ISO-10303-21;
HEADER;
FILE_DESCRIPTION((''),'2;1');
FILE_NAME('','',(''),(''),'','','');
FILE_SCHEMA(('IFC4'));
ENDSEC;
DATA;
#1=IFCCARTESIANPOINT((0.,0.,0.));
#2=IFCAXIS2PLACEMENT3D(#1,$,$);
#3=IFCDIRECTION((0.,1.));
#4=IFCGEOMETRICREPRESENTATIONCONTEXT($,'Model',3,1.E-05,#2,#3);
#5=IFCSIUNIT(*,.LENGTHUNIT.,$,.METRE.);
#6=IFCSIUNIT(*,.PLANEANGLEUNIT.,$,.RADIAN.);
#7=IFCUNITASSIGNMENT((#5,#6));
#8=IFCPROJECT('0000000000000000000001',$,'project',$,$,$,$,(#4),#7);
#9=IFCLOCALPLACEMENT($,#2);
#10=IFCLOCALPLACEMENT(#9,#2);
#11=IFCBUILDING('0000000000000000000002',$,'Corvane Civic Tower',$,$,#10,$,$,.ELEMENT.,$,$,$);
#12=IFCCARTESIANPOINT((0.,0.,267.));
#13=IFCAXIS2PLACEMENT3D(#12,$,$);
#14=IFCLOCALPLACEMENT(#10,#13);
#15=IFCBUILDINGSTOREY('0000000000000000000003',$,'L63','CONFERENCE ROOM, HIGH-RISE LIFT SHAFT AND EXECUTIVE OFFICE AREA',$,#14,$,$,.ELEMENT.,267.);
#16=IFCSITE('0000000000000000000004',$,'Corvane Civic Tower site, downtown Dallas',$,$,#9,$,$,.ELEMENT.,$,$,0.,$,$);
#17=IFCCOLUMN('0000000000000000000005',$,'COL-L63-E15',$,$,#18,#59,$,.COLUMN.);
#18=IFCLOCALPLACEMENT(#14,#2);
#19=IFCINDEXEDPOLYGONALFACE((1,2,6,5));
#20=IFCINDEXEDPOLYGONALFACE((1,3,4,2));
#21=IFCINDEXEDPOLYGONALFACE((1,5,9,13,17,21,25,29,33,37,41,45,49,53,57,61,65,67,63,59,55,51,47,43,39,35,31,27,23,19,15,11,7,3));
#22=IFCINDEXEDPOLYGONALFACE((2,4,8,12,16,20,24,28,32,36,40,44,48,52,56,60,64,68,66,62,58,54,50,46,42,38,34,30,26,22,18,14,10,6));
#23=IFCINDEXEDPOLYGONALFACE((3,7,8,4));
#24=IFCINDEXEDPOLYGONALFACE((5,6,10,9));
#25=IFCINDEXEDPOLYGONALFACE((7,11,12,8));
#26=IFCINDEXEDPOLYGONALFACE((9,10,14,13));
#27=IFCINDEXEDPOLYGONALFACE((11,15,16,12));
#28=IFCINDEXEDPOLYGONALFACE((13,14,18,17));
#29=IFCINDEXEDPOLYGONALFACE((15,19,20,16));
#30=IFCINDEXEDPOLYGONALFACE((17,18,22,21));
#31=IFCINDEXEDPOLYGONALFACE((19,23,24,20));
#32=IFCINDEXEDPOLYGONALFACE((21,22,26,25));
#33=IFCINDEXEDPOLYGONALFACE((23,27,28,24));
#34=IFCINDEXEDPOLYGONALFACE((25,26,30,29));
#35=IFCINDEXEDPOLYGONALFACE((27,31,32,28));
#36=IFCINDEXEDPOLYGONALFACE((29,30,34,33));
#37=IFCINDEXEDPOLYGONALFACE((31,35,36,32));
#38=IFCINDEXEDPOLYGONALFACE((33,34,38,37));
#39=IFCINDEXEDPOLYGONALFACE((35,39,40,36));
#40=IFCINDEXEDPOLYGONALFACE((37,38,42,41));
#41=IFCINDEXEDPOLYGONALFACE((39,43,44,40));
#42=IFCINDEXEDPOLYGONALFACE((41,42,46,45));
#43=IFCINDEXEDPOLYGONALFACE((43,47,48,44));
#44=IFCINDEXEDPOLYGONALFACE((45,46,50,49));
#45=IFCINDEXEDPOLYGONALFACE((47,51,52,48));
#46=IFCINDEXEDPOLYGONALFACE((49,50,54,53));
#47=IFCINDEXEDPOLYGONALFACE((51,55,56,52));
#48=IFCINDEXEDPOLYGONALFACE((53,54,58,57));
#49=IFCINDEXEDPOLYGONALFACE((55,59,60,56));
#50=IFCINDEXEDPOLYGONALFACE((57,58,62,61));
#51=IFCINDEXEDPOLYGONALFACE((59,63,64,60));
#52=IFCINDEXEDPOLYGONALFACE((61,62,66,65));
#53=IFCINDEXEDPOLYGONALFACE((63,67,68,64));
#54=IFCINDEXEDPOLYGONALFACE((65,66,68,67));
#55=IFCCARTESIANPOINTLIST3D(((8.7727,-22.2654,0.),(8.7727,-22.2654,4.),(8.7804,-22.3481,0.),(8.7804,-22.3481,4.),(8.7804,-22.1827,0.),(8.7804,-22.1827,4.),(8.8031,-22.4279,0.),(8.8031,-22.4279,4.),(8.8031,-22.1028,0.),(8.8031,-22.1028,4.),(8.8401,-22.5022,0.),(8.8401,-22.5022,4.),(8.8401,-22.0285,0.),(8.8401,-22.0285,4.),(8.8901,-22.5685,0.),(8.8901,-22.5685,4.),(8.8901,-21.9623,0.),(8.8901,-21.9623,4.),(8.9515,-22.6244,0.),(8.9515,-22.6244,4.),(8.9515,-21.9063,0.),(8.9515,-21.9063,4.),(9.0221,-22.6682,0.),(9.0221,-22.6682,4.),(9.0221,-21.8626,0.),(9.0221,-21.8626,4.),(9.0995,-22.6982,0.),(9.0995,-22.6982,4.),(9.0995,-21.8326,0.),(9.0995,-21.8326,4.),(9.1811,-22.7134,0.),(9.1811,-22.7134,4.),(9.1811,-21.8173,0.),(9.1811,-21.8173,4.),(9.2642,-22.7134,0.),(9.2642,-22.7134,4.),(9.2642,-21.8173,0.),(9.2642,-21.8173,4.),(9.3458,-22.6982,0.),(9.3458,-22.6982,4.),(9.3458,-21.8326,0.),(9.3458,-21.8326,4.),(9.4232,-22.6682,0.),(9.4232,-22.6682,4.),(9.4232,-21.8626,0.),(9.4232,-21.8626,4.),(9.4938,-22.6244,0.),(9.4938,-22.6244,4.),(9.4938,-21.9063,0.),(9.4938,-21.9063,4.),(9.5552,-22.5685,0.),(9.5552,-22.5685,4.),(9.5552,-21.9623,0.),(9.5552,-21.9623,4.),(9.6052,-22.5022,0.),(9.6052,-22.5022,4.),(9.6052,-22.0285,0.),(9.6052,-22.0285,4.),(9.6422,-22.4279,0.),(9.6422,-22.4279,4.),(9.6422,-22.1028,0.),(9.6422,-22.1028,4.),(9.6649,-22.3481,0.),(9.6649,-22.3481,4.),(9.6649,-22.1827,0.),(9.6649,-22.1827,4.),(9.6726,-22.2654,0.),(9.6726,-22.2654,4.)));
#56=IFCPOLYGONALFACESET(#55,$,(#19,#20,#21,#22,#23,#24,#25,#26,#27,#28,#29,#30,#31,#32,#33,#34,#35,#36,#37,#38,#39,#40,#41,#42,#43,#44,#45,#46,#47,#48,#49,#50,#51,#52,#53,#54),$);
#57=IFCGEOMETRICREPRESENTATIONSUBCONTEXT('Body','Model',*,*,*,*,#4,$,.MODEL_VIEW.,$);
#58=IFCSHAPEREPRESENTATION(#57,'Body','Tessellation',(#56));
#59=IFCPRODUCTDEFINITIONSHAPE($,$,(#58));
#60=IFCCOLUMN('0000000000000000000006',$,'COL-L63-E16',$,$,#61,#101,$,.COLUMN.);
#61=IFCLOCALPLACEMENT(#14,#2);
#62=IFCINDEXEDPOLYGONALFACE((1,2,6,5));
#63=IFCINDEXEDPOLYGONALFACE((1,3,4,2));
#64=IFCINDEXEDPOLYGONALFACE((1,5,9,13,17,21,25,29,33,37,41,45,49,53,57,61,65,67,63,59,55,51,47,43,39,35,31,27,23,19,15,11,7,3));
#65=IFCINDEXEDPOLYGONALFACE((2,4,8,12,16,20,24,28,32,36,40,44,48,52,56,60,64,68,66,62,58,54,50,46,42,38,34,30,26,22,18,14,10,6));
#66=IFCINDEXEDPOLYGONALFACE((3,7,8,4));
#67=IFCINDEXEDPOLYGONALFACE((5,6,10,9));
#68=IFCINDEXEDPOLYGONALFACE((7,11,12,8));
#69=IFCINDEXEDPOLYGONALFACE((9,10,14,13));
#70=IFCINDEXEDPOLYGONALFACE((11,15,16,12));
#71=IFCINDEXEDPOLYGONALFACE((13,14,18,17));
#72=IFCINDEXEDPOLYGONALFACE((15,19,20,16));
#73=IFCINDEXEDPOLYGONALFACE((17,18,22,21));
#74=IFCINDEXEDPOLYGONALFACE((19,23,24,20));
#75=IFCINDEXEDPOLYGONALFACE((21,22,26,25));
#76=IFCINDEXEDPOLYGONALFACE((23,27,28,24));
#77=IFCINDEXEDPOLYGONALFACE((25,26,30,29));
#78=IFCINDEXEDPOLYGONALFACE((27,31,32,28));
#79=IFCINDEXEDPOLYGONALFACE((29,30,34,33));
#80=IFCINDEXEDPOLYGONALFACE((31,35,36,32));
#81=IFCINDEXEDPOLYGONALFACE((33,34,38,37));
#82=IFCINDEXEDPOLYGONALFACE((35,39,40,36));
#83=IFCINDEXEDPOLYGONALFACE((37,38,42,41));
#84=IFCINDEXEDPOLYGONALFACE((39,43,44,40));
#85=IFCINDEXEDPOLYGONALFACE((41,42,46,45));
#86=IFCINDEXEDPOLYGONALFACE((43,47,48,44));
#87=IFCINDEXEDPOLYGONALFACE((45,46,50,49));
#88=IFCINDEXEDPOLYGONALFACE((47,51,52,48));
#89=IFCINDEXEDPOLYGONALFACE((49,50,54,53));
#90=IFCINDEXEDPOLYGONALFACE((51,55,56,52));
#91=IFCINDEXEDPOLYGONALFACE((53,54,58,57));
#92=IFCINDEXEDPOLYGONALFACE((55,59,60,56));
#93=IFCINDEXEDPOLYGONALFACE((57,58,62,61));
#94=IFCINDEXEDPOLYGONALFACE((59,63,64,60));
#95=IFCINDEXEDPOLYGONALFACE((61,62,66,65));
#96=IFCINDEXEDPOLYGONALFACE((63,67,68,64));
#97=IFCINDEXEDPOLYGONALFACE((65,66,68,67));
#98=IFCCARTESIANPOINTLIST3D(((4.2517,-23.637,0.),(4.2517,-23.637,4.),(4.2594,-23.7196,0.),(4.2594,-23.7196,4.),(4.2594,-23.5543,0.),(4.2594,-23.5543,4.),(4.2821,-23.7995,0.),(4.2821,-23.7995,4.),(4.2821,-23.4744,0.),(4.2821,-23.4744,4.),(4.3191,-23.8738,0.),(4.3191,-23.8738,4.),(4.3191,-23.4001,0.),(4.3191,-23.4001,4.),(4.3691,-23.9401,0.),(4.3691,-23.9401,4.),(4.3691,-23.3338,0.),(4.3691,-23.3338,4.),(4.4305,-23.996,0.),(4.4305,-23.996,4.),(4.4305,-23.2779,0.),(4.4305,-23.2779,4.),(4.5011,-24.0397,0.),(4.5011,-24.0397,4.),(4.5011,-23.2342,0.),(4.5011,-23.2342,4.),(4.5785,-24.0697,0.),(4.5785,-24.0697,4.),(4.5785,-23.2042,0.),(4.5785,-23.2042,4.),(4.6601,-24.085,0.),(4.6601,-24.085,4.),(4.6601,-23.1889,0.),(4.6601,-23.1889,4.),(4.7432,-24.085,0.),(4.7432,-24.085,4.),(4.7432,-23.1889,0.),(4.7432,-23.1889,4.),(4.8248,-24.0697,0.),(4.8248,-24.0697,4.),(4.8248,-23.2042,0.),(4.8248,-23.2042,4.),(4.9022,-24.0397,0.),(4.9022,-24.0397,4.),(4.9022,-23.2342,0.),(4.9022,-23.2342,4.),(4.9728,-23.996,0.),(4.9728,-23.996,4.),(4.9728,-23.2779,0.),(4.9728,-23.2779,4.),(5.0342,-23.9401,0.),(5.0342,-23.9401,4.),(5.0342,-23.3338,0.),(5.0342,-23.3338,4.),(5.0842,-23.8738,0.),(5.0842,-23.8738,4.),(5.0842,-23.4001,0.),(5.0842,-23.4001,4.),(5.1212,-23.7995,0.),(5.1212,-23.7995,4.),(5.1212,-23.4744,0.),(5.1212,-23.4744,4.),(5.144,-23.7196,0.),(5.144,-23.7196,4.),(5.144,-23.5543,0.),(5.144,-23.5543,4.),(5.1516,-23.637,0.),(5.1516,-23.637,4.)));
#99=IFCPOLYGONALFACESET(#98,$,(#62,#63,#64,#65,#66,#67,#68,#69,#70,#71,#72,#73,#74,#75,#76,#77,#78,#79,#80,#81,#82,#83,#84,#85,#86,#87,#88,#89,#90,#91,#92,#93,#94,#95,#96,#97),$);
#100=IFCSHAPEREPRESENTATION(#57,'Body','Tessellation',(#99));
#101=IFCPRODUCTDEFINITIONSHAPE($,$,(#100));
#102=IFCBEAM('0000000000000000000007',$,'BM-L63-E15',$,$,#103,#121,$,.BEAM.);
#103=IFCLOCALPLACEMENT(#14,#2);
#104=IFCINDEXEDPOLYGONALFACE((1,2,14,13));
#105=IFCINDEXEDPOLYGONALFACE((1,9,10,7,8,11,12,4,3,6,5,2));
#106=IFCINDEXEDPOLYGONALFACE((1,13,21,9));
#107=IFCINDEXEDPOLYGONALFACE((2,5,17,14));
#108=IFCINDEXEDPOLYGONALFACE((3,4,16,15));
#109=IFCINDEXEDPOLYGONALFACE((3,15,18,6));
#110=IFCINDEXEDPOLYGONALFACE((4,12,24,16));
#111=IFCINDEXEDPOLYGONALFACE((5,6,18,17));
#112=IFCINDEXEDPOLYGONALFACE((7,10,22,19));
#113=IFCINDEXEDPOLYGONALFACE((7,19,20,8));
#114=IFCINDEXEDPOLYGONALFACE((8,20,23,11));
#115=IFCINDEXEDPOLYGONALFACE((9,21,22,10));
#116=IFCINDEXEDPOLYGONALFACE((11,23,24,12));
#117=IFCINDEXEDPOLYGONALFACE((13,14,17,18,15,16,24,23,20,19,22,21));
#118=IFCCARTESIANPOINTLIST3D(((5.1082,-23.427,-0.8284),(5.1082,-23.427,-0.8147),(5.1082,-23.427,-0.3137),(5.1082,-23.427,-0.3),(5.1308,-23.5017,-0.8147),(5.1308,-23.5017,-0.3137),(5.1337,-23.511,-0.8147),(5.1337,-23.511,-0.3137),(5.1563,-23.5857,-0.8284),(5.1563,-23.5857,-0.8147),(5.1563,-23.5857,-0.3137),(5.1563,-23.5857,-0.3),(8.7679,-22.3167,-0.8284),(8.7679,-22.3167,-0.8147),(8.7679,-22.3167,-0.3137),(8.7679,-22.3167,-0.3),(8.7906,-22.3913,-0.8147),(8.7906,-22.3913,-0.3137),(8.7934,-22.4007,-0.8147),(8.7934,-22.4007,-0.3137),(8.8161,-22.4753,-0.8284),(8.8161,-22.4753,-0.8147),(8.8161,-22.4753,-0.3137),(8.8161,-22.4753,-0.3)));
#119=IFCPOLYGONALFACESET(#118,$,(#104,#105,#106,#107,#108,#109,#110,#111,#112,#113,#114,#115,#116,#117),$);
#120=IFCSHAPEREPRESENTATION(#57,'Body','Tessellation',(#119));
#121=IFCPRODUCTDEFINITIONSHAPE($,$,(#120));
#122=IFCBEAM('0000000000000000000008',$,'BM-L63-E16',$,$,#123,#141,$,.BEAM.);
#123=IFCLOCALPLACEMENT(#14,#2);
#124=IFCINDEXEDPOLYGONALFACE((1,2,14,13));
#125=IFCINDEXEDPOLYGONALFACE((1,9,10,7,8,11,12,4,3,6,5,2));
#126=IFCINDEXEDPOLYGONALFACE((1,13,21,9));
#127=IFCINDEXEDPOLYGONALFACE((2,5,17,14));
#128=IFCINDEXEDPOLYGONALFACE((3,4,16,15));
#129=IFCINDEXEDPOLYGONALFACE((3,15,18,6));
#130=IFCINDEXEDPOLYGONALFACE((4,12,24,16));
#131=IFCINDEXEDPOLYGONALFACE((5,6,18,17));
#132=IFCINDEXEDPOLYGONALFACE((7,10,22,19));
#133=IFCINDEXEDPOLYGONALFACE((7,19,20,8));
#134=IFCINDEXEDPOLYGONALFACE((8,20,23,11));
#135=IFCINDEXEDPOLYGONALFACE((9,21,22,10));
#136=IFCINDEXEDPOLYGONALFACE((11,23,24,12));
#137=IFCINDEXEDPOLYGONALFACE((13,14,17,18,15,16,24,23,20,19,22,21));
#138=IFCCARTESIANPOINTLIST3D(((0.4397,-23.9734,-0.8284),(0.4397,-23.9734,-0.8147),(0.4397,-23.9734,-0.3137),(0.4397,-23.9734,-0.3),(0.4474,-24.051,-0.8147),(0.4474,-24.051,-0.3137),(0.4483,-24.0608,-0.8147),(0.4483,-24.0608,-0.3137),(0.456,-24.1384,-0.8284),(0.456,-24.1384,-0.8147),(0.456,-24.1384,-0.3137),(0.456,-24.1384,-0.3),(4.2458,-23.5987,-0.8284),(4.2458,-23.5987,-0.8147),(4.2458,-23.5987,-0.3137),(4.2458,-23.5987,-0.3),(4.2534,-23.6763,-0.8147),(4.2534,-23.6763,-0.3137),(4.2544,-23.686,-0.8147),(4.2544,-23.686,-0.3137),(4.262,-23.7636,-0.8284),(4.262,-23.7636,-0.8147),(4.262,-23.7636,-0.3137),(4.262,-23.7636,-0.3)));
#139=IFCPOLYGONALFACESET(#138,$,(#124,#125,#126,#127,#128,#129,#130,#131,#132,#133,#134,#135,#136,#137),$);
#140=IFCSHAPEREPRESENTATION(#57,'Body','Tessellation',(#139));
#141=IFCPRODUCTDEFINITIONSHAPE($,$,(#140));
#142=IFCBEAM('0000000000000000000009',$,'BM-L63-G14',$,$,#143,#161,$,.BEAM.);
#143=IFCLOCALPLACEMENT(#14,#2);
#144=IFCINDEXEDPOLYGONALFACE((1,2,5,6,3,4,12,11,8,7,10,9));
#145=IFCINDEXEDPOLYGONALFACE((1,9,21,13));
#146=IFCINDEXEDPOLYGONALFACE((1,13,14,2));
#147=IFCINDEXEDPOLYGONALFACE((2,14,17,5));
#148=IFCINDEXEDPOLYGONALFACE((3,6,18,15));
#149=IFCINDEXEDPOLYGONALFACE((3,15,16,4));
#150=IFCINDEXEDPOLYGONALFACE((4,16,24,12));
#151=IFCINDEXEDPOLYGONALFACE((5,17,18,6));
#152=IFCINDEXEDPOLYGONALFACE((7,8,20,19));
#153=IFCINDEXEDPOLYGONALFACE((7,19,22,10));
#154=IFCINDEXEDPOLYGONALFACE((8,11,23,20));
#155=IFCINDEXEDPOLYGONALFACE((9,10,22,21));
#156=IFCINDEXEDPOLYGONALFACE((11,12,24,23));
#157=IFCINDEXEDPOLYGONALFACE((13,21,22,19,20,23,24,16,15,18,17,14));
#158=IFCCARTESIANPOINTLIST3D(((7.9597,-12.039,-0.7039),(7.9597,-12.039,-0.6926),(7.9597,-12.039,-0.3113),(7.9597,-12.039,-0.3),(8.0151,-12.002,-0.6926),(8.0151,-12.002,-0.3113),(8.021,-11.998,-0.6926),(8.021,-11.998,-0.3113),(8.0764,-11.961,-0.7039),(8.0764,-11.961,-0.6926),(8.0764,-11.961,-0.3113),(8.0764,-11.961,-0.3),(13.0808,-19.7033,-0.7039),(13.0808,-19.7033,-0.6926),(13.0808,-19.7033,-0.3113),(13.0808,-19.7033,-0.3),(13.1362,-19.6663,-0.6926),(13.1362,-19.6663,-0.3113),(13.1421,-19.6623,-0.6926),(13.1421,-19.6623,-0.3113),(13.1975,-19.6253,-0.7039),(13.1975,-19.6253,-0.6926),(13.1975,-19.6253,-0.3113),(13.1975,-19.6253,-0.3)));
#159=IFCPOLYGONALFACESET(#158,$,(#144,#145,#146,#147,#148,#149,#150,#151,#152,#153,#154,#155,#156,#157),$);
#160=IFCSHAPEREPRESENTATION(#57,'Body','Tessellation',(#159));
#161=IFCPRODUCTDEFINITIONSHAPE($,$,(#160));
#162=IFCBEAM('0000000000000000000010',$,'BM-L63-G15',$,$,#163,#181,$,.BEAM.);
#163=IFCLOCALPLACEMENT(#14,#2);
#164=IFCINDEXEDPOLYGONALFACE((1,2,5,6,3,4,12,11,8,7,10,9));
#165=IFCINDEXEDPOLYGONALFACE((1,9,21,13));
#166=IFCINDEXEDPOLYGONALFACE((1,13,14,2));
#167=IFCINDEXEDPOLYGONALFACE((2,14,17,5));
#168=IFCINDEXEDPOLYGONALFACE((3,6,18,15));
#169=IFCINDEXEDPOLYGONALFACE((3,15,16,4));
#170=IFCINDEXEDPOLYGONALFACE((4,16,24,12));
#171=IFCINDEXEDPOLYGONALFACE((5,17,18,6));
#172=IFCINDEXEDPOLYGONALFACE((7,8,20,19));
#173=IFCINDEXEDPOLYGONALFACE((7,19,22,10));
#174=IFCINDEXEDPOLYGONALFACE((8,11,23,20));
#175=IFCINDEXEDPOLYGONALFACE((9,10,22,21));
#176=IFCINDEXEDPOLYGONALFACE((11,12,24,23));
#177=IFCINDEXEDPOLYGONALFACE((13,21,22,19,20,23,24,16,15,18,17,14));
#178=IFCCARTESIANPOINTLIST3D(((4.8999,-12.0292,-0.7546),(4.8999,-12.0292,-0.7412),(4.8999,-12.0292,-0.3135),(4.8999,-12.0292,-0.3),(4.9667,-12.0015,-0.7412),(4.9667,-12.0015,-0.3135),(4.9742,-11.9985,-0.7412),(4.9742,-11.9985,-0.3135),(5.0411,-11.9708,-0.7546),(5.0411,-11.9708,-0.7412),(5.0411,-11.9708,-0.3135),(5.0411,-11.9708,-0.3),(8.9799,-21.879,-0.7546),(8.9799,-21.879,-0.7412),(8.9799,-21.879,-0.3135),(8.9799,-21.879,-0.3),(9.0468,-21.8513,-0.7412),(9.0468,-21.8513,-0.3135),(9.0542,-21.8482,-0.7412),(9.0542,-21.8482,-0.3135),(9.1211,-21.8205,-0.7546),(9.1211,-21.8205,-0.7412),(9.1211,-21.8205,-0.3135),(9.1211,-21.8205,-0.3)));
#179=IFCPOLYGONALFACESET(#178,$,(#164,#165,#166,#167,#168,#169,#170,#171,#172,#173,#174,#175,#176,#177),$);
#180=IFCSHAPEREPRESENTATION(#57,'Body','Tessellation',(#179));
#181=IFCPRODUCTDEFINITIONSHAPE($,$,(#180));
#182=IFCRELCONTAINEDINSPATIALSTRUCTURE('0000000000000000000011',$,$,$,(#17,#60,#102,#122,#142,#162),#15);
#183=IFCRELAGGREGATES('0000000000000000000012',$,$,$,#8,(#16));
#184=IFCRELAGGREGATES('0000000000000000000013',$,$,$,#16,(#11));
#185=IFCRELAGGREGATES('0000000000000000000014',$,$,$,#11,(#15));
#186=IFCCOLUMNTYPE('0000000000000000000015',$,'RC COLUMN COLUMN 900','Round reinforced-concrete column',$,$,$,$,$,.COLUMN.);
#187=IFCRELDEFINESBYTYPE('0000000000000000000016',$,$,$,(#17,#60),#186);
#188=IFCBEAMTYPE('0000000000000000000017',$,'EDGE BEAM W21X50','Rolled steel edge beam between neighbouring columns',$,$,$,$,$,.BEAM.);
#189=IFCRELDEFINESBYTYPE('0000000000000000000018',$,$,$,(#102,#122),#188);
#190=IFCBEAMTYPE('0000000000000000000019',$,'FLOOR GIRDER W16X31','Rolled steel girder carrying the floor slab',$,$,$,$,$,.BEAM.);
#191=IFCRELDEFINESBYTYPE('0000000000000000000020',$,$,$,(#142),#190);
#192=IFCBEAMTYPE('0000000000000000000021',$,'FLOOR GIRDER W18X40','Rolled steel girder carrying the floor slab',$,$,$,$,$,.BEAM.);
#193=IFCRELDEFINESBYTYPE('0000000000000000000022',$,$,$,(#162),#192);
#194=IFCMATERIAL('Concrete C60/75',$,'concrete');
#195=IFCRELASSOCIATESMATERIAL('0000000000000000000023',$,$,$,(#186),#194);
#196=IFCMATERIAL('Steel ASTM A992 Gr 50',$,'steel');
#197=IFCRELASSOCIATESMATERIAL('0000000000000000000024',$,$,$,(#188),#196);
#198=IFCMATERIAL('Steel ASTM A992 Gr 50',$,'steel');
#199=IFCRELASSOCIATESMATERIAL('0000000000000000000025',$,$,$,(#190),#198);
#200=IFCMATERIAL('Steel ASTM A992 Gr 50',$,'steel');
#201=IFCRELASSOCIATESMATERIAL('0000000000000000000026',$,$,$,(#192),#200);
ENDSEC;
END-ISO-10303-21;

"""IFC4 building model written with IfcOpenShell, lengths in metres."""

from ifc_helpers import new_model, si_unit, direction, frame, origin, origin_2d, place, context, subcontext, project, spatial, circle, i_section, extrude, material, material_profile, profile_set, type_object, element, save


model = new_model("IFC4")

# Units and contexts
model_context = context("Model", 3, precision=1e-05, world=origin(), true_north=direction((0.0, 1.0)))
body_context = subcontext(model_context, "Body", "Model", "MODEL_VIEW")
ifc_project = project(units=[si_unit("LENGTHUNIT", "METRE"), si_unit("PLANEANGLEUNIT", "RADIAN")], contexts=[model_context])

# Site, building, storey
site_placement = place(None, origin())
site = spatial("IfcSite", under=ifc_project, at=site_placement, Name="Corvane Civic Tower site, downtown Dallas", CompositionType="ELEMENT", RefElevation=0.0)
building_placement = place(site_placement, origin())
building = spatial("IfcBuilding", under=site, at=building_placement, Name="Corvane Civic Tower", CompositionType="ELEMENT")
storey_placement = place(building_placement, frame((0.0, 0.0, 267.0)))
storey = spatial("IfcBuildingStorey", under=building, at=storey_placement, Name="L63", Description="CONFERENCE ROOM, HIGH-RISE LIFT SHAFT AND EXECUTIVE OFFICE AREA", CompositionType="ELEMENT", Elevation=267.0)

# Columns
ifc_material_1 = material(Name="Concrete C60/75", Category="concrete")
ifc_material_profile_1 = material_profile(ifc_material_1, circle(Radius=0.45, at=origin_2d()), Name="COLUMN 900")
ifc_profile_set_1 = profile_set([ifc_material_profile_1], Name="Concrete C60/75")
column_type = type_object("IfcColumnType", Name="RC COLUMN COLUMN 900", Description="Round reinforced-concrete column", PredefinedType="COLUMN", material=ifc_profile_set_1)
for number, where, z_axis, x_axis, name in (
    (1, (9.2227, -22.2654, 0.0), (0.0, 0.0, 1.0), (1.0, 0.0, 0.0), "COL-L63-E15"),
    (2, (4.7017, -23.637, 0.0), (0.0, 0.0, 1.0), (1.0, 0.0, 0.0), "COL-L63-E16"),
):
    element("IfcColumn", number, at=place(storey_placement, frame(where, z_axis=z_axis, x_axis=x_axis)), inside=storey, type_object=column_type, Name=name, PredefinedType="COLUMN", context=body_context, shape_type="SweptSolid", body=[
        extrude(circle(Radius=0.45, at=origin_2d()), origin(), (0.0, 0.0, 1.0), 4.0),
    ])

# Beams
ifc_material_2 = material(Name="Steel ASTM A992 Gr 50", Category="steel")
ifc_material_profile_2 = material_profile(ifc_material_2, i_section(OverallWidth=0.1658, OverallDepth=0.5283, WebThickness=0.0098, FlangeThickness=0.0137, at=origin_2d()), Name="W21X50")
ifc_profile_set_2 = profile_set([ifc_material_profile_2], Name="Steel ASTM A992 Gr 50")
beam_type_1 = type_object("IfcBeamType", Name="EDGE BEAM W21X50", Description="Rolled steel edge beam between neighbouring columns", PredefinedType="BEAM", material=ifc_profile_set_2)
for number, where, z_axis, x_axis, name in (
    (3, (8.792, -22.396, -0.5642), (-0.956926, -0.290333, 0.0), (0.290333, -0.956926, 0.0), "BM-L63-E15"),
    (4, (4.2539, -23.6812, -0.5642), (-0.995188, -0.097987, 0.0), (0.097987, -0.995188, 0.0), "BM-L63-E16"),
):
    element("IfcBeam", number, at=place(storey_placement, frame(where, z_axis=z_axis, x_axis=x_axis)), inside=storey, type_object=beam_type_1, Name=name, PredefinedType="BEAM", context=body_context, shape_type="SweptSolid", body=[
        extrude(i_section(OverallWidth=0.1658, OverallDepth=0.5283, WebThickness=0.0098, FlangeThickness=0.0137, at=origin_2d()), origin(), (0.0, 0.0, 1.0), 3.8245),
    ])
ifc_material_3 = material(Name="Steel ASTM A992 Gr 50", Category="steel")
ifc_material_profile_3 = material_profile(ifc_material_3, i_section(OverallWidth=0.1404, OverallDepth=0.4038, WebThickness=0.0071, FlangeThickness=0.0112, at=origin_2d()), Name="W16X31")
ifc_profile_set_3 = profile_set([ifc_material_profile_3], Name="Steel ASTM A992 Gr 50")
beam_type_2 = type_object("IfcBeamType", Name="FLOOR GIRDER W16X31", Description="Rolled steel girder carrying the floor slab", PredefinedType="BEAM", material=ifc_profile_set_3)
beam_1_placement = place(storey_placement, frame((8.0181, -12.0, -0.502), z_axis=(0.555568, -0.831471, 0.0), x_axis=(0.831471, 0.555568, 0.0)))
element("IfcBeam", 5, at=beam_1_placement, inside=storey, type_object=beam_type_2, Name="BM-L63-G14", PredefinedType="BEAM", context=body_context, shape_type="SweptSolid", body=[
    extrude(i_section(OverallWidth=0.1404, OverallDepth=0.4038, WebThickness=0.0071, FlangeThickness=0.0112, at=origin_2d()), origin(), (0.0, 0.0, 1.0), 9.2178),
])
ifc_material_4 = material(Name="Steel ASTM A992 Gr 50", Category="steel")
ifc_material_profile_4 = material_profile(ifc_material_4, i_section(OverallWidth=0.1528, OverallDepth=0.4546, WebThickness=0.0081, FlangeThickness=0.0134, at=origin_2d()), Name="W18X40")
ifc_profile_set_4 = profile_set([ifc_material_profile_4], Name="Steel ASTM A992 Gr 50")
beam_type_3 = type_object("IfcBeamType", Name="FLOOR GIRDER W18X40", Description="Rolled steel girder carrying the floor slab", PredefinedType="BEAM", material=ifc_profile_set_4)
beam_2_placement = place(storey_placement, frame((4.9705, -12.0, -0.5273), z_axis=(0.382694, -0.923875, 0.0), x_axis=(0.923875, 0.382694, 0.0)))
element("IfcBeam", 6, at=beam_2_placement, inside=storey, type_object=beam_type_3, Name="BM-L63-G15", PredefinedType="BEAM", context=body_context, shape_type="SweptSolid", body=[
    extrude(i_section(OverallWidth=0.1528, OverallDepth=0.4546, WebThickness=0.0081, FlangeThickness=0.0134, at=origin_2d()), origin(), (0.0, 0.0, 1.0), 10.6614),
])

save(model, "model.ifc")
